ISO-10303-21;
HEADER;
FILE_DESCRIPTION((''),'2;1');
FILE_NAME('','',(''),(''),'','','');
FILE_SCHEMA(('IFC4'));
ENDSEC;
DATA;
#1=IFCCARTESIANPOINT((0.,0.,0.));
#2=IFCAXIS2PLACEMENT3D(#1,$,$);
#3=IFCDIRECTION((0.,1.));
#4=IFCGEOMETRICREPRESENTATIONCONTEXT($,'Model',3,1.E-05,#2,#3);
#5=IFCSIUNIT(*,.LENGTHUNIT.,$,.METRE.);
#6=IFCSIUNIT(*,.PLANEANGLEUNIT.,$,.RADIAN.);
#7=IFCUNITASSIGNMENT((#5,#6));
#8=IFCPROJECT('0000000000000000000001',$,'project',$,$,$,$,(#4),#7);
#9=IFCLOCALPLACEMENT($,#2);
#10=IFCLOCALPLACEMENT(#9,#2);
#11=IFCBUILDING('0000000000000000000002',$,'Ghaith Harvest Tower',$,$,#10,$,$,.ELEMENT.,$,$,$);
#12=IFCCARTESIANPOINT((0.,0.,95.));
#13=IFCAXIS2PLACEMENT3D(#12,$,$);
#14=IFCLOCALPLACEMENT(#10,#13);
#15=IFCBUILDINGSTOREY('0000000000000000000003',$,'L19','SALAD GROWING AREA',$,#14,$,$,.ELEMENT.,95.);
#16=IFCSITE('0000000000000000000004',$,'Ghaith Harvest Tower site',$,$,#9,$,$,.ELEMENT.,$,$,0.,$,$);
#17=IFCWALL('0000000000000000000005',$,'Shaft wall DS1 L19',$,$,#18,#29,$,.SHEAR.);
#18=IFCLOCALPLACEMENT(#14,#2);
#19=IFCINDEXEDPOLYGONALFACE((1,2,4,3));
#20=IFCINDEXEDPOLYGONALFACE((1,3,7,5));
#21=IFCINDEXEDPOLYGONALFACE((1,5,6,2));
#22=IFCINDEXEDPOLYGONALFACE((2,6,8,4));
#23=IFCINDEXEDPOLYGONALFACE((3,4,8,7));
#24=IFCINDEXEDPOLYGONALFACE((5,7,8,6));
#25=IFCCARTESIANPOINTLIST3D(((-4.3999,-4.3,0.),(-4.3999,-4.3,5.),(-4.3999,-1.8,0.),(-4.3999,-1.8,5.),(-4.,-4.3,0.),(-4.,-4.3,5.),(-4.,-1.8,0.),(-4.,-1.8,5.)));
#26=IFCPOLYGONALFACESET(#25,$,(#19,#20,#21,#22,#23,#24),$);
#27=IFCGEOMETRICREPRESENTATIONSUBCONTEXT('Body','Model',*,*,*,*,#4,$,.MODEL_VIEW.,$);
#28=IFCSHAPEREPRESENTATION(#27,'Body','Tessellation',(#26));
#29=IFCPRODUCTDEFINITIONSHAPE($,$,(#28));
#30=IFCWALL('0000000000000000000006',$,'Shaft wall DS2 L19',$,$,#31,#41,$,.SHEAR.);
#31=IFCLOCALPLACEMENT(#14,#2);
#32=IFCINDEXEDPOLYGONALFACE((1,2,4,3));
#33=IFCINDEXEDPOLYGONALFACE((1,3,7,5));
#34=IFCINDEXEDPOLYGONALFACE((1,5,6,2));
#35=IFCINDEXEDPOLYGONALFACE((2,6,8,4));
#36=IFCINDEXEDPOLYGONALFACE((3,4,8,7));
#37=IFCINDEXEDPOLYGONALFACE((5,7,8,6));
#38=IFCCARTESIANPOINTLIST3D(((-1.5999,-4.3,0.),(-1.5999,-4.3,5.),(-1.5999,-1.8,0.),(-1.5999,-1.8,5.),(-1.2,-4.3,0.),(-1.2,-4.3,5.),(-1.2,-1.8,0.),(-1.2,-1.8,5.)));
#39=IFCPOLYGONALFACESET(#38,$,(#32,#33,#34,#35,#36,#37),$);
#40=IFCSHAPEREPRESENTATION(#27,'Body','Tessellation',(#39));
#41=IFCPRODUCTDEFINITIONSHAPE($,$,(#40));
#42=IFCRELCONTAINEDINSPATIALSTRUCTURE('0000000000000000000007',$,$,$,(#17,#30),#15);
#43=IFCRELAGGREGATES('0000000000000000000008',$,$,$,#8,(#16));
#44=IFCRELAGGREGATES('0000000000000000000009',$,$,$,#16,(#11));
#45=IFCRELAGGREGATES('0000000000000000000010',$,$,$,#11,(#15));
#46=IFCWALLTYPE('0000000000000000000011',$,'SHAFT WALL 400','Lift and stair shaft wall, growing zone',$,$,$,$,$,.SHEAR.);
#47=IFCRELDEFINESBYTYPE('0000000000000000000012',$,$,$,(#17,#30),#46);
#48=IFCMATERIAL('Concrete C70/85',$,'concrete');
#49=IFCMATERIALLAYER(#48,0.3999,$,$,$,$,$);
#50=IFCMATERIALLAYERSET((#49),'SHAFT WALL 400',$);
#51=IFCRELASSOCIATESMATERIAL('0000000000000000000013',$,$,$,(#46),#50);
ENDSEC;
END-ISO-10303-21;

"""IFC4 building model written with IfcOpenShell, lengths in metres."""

from ifc_helpers import new_model, si_unit, direction, frame, frame_2d, origin, place, context, subcontext, project, spatial, rectangle, extrude, material, layer, layer_set, type_object, element, save


model = new_model("IFC4")

# Units and contexts
model_context = context("Model", 3, precision=1e-05, world=origin(), true_north=direction((0.0, 1.0)))
body_context = subcontext(model_context, "Body", "Model", "MODEL_VIEW")
ifc_project = project(units=[si_unit("LENGTHUNIT", "METRE"), si_unit("PLANEANGLEUNIT", "RADIAN")], contexts=[model_context])

# Site, building, storey
site_placement = place(None, origin())
site = spatial("IfcSite", under=ifc_project, at=site_placement, Name="Ghaith Harvest Tower site", CompositionType="ELEMENT", RefElevation=0.0)
building_placement = place(site_placement, origin())
building = spatial("IfcBuilding", under=site, at=building_placement, Name="Ghaith Harvest Tower", CompositionType="ELEMENT")
storey_placement = place(building_placement, frame((0.0, 0.0, 95.0)))
storey = spatial("IfcBuildingStorey", under=building, at=storey_placement, Name="L19", Description="SALAD GROWING AREA", CompositionType="ELEMENT", Elevation=95.0)

# Shared definitions
ifc_material_1 = material(Name="Concrete C70/85", Category="concrete")
ifc_layer_1 = layer(ifc_material_1, 0.3999)
ifc_layer_set_1 = layer_set([ifc_layer_1], Name="SHAFT WALL 400")
wall_type_1 = type_object("IfcWallType", Name="SHAFT WALL 400", Description="Lift and stair shaft wall, growing zone", PredefinedType="SHEAR", material=ifc_layer_set_1)

# Walls
for number, where, z_axis, x_axis, name in (
    (1, (-4.2, -4.3, 0.0), (0.0, 0.0, 1.0), (0.0, 1.0, 0.0), "Shaft wall DS1 L19"),
    (2, (-1.3999, -4.3, 0.0), (0.0, 0.0, 1.0), (0.0, 1.0, 0.0), "Shaft wall DS2 L19"),
):
    element("IfcWall", number, at=place(storey_placement, frame(where, z_axis=z_axis, x_axis=x_axis)), inside=storey, type_object=wall_type_1, Name=name, PredefinedType="SHEAR", context=body_context, shape_type="SweptSolid", body=[
        extrude(rectangle(XDim=2.5, YDim=0.3999, at=frame_2d((1.25, 0.0))), origin(), (0.0, 0.0, 1.0), 5.0),
    ])

save(model, "model.ifc")
